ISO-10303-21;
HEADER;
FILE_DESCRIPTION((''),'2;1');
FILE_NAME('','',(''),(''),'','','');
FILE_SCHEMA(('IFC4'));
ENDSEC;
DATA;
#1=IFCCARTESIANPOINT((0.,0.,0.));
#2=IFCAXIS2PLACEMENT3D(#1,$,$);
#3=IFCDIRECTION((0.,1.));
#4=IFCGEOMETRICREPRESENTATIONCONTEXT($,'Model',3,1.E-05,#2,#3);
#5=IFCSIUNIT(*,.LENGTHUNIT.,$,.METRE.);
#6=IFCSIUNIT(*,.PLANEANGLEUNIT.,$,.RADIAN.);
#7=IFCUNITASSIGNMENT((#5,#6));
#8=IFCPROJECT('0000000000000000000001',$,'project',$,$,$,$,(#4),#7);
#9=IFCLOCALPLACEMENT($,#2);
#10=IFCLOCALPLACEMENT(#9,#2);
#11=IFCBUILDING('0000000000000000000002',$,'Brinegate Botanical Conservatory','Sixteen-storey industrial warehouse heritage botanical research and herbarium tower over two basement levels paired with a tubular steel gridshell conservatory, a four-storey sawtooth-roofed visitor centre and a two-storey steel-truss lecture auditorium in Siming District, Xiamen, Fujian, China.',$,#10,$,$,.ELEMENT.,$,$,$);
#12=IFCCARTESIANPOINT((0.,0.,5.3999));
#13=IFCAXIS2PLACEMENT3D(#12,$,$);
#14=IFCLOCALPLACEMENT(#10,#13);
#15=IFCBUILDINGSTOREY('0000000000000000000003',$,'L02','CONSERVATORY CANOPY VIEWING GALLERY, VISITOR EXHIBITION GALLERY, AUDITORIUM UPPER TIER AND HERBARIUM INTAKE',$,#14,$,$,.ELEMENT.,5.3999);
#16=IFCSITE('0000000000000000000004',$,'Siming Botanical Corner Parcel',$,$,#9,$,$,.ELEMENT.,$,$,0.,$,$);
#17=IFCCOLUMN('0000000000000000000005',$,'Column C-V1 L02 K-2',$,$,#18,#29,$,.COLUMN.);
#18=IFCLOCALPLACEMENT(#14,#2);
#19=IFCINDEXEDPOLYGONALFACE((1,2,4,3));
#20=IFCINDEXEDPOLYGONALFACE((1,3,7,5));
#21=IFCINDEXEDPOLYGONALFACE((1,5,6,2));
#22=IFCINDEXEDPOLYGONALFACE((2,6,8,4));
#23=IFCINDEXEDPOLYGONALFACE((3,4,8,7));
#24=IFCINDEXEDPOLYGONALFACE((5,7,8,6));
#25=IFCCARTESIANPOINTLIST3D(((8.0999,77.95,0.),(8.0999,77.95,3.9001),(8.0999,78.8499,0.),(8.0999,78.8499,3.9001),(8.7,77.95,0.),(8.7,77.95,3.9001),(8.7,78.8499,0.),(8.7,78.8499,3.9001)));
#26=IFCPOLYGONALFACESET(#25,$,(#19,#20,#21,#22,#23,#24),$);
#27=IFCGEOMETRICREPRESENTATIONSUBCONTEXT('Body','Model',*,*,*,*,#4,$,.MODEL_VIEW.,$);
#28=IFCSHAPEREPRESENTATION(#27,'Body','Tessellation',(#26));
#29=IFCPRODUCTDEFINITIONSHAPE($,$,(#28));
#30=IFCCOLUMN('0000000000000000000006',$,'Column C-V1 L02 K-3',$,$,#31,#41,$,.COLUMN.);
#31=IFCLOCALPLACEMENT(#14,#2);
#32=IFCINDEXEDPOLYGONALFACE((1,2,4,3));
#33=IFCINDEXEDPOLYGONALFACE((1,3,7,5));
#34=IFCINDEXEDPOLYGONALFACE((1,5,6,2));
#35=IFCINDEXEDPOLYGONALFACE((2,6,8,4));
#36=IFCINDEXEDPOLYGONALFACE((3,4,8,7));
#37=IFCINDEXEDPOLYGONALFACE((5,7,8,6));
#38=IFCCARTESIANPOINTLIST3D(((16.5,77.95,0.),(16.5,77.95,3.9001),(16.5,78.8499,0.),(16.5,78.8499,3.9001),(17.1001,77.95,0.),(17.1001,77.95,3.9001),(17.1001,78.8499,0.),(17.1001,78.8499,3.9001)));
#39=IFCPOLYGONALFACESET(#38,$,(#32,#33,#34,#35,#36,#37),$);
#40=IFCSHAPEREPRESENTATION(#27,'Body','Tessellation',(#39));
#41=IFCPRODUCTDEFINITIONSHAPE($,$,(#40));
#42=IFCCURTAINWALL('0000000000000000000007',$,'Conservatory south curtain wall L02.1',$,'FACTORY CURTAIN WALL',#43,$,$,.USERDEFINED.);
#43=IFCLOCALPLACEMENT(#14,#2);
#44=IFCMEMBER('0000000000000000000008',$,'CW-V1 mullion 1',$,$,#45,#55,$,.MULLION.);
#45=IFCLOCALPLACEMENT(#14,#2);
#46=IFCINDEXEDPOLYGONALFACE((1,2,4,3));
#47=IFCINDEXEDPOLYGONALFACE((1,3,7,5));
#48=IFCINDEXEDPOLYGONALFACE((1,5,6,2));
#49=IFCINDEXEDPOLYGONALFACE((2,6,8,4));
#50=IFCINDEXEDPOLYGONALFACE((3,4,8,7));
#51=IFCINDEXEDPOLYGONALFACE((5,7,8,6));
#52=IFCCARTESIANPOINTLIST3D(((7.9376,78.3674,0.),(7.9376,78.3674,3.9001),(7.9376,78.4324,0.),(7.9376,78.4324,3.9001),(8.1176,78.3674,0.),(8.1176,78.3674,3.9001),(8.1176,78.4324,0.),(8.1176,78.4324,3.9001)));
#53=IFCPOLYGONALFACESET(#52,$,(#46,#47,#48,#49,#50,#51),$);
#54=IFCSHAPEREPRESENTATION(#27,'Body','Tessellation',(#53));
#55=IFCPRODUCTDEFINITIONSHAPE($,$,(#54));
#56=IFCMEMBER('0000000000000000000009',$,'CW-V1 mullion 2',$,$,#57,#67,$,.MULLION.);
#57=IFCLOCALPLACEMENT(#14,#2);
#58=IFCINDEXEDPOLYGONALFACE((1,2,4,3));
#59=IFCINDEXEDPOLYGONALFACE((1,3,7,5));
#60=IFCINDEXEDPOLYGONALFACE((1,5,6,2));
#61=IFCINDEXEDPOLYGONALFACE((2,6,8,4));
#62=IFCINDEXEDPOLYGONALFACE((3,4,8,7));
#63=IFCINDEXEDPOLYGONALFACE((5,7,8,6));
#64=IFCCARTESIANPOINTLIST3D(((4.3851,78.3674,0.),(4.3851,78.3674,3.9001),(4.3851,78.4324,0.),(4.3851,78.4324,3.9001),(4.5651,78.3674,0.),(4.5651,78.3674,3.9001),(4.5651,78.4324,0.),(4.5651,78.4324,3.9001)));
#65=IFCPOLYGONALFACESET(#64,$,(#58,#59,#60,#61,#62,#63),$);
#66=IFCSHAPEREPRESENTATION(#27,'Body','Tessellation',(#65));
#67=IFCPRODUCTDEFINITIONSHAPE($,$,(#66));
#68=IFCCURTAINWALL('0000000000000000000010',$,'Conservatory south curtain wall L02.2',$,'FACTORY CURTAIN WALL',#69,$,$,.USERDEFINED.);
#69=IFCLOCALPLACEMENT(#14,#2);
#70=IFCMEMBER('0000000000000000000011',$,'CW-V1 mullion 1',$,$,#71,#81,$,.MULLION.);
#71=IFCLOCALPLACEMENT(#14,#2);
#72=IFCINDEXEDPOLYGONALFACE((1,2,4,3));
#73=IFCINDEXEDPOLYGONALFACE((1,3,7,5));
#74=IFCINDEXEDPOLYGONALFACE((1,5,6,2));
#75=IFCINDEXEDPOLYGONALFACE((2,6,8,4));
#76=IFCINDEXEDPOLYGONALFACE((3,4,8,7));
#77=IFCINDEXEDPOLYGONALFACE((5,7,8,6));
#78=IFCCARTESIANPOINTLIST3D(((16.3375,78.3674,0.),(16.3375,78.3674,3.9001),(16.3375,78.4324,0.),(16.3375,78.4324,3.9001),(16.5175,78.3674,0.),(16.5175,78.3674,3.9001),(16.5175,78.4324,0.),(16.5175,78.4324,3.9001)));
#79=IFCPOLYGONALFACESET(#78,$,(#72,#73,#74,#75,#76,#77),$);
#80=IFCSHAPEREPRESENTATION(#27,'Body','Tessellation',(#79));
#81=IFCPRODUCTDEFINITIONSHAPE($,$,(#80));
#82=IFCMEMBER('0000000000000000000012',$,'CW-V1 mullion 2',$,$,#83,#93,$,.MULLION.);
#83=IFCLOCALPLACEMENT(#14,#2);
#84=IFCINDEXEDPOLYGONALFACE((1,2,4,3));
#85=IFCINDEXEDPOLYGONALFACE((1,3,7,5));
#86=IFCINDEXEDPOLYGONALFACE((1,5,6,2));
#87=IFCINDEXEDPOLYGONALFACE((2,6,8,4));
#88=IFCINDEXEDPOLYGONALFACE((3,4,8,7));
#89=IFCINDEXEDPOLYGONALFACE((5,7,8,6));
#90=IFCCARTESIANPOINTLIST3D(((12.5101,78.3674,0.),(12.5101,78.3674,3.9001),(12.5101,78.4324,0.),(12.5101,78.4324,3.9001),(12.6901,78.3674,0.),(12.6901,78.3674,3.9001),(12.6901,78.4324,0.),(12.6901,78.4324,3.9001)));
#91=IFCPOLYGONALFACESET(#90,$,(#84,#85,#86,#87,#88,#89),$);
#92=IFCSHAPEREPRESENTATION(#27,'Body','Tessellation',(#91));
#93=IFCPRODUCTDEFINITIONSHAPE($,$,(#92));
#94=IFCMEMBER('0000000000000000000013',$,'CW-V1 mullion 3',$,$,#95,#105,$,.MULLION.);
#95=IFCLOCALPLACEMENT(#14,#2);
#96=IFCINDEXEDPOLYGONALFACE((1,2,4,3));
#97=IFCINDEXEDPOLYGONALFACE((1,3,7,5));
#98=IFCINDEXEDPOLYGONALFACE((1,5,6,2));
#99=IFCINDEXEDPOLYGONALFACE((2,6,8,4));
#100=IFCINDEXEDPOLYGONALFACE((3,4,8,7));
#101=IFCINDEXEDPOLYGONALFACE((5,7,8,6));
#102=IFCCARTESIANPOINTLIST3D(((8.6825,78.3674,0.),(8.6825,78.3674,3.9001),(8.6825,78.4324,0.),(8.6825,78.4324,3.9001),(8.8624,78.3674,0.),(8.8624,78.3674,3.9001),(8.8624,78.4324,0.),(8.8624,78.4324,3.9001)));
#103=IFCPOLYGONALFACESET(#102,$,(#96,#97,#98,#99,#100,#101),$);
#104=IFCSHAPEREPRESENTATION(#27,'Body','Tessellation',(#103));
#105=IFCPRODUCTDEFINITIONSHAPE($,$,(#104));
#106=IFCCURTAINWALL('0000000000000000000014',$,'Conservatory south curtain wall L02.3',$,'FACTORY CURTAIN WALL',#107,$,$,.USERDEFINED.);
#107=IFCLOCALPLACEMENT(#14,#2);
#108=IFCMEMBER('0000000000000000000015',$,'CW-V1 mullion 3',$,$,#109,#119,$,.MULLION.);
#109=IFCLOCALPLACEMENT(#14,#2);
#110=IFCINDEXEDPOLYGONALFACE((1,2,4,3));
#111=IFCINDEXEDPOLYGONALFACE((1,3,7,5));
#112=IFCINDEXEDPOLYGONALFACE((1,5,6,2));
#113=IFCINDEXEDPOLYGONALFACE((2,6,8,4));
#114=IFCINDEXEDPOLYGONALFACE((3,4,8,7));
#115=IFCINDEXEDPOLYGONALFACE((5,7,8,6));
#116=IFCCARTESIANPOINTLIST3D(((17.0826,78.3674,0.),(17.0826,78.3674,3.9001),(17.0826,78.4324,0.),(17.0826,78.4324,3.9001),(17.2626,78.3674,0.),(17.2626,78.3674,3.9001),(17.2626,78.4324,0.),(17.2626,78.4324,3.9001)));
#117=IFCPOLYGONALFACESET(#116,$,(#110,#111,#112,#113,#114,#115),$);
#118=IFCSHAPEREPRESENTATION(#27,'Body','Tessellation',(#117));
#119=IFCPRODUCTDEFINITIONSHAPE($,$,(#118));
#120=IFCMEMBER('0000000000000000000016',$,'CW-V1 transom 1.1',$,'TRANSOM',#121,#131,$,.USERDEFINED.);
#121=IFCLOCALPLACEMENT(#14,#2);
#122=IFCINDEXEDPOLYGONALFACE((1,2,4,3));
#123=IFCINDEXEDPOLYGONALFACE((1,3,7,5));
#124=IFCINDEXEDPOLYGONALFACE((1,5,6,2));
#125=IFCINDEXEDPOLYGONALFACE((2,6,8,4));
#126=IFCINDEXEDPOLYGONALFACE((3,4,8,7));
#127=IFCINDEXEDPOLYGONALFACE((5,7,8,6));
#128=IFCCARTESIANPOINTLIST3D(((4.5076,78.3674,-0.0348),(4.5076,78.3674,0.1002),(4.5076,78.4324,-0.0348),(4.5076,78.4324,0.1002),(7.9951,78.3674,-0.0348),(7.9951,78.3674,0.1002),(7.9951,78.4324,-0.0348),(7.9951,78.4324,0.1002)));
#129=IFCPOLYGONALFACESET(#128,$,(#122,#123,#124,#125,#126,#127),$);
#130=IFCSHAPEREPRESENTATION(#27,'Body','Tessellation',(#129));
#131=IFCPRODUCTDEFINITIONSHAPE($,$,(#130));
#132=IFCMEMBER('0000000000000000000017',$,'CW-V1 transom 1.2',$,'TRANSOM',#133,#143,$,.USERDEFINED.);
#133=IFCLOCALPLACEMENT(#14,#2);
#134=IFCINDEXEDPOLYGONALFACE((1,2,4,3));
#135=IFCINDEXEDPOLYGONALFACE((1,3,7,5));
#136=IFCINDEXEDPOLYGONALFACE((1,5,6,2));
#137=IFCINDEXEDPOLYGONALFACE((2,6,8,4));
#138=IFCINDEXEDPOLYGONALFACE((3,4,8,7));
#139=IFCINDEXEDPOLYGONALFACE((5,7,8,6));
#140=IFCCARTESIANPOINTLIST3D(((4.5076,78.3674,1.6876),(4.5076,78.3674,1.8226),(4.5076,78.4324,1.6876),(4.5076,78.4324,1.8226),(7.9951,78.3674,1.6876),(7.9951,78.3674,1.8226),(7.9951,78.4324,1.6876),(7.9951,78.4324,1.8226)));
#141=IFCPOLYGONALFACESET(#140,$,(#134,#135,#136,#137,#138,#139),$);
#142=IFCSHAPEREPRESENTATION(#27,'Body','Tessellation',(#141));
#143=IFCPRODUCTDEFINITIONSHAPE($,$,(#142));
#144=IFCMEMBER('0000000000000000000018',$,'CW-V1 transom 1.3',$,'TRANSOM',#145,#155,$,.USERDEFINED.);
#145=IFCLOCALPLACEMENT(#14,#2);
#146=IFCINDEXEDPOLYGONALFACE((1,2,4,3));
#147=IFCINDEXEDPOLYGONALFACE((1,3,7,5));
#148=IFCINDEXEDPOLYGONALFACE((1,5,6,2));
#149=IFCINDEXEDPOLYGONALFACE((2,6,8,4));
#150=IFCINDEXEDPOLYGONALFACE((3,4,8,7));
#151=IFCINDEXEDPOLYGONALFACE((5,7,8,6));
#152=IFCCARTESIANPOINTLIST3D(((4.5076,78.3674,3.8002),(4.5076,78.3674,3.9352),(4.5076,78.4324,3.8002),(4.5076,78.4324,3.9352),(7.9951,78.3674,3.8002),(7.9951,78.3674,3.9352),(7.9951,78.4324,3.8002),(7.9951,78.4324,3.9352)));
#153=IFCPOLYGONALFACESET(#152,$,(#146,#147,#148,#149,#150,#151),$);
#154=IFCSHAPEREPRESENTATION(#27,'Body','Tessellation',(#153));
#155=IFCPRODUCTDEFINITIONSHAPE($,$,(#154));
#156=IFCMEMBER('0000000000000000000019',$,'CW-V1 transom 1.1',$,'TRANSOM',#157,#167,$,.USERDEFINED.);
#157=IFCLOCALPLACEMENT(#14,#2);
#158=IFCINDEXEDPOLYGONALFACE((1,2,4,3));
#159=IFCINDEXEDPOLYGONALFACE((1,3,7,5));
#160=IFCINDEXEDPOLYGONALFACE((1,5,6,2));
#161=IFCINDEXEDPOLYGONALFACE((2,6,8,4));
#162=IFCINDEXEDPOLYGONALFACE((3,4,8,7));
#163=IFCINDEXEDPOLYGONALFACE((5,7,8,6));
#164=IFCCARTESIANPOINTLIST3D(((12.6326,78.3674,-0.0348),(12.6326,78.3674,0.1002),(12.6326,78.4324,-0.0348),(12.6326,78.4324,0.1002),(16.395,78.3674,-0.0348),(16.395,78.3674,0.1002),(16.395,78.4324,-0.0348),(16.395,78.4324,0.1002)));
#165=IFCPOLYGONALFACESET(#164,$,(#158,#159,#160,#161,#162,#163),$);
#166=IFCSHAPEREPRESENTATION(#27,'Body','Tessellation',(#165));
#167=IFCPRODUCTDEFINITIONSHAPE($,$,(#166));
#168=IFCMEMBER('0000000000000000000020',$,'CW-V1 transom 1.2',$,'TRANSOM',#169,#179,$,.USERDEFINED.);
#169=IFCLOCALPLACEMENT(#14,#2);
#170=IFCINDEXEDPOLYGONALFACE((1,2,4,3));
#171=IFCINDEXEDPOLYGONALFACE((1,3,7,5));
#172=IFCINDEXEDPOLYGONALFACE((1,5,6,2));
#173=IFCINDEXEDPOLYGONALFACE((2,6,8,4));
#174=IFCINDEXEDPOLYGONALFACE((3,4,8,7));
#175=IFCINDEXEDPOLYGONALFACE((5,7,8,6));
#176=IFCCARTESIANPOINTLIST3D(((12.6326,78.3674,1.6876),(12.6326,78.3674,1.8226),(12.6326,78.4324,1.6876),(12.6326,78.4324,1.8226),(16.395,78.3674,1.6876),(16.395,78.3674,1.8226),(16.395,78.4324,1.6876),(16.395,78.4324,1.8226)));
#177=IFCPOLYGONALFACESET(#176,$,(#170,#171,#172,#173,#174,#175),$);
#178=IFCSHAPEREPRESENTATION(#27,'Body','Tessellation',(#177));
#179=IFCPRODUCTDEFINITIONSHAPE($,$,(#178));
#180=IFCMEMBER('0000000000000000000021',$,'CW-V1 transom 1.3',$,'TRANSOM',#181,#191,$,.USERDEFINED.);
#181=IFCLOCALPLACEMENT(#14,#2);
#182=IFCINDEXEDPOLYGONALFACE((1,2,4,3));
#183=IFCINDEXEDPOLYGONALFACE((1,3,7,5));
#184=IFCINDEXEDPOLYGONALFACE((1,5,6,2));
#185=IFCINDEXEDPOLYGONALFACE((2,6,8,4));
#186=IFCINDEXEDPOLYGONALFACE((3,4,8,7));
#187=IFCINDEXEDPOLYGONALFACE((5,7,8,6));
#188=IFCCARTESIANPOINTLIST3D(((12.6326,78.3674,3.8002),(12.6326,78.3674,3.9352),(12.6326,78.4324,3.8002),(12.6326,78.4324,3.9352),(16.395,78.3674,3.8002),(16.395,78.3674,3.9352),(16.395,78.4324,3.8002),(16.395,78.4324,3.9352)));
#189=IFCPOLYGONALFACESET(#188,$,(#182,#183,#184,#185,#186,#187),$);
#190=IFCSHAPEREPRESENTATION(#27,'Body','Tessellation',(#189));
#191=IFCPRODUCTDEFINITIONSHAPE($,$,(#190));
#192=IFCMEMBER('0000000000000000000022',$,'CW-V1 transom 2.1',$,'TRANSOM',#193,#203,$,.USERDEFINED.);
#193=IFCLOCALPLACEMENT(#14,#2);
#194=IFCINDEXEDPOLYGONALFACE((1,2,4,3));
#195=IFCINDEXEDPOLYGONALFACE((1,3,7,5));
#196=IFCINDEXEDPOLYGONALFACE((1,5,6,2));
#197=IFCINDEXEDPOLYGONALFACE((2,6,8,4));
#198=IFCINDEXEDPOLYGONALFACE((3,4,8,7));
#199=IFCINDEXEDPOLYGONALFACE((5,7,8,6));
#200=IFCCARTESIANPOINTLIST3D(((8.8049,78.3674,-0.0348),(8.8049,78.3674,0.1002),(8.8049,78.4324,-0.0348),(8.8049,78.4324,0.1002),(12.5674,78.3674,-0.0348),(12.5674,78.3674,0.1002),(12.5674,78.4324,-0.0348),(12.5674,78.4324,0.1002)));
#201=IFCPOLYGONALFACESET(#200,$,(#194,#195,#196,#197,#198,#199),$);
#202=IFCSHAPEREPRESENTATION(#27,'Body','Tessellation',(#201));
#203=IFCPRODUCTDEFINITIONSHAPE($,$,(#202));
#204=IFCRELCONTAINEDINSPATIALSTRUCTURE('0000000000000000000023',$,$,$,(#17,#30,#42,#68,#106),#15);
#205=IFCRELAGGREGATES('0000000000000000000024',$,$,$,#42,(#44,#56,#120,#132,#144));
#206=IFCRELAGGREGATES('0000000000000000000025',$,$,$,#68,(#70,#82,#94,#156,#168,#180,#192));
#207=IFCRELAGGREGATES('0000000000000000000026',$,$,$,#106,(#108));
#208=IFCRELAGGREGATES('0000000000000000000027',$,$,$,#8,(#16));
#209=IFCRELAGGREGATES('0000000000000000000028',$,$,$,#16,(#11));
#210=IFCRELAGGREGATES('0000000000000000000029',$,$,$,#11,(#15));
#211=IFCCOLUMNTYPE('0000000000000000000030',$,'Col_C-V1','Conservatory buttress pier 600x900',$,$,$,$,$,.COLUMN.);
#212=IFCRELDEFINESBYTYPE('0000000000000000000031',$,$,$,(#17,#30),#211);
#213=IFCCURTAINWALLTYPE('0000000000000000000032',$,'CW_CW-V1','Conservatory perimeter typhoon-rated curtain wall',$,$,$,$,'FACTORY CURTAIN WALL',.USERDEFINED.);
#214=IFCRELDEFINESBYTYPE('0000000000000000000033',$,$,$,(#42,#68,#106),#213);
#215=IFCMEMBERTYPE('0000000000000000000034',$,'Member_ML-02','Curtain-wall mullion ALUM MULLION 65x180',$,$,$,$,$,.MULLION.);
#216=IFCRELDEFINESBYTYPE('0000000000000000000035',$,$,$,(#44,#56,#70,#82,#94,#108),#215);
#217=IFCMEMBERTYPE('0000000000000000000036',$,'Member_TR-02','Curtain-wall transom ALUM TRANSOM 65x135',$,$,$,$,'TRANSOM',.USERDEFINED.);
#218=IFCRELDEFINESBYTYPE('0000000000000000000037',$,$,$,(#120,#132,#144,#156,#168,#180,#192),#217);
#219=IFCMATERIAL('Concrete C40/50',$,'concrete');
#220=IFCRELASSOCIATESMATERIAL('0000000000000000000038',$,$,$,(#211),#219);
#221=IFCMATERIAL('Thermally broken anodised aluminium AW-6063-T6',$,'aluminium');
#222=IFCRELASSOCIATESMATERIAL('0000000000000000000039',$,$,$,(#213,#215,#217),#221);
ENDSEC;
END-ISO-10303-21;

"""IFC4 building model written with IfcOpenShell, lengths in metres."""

from ifc_helpers import new_model, si_unit, direction, frame, origin, origin_2d, place, context, subcontext, project, spatial, rectangle, extrude, material, material_profile, profile_set, type_object, element, aggregate, save


model = new_model("IFC4")

# Units and contexts
model_context = context("Model", 3, precision=1e-05, world=origin(), true_north=direction((0.0, 1.0)))
body_context = subcontext(model_context, "Body", "Model", "MODEL_VIEW")
ifc_project = project(units=[si_unit("LENGTHUNIT", "METRE"), si_unit("PLANEANGLEUNIT", "RADIAN")], contexts=[model_context])

# Site, building, storey
site_placement = place(None, origin())
site = spatial("IfcSite", under=ifc_project, at=site_placement, Name="Siming Botanical Corner Parcel", CompositionType="ELEMENT", RefElevation=0.0)
building_placement = place(site_placement, origin())
building = spatial("IfcBuilding", under=site, at=building_placement, Name="Brinegate Botanical Conservatory", Description="Sixteen-storey industrial warehouse heritage botanical research and herbarium tower over two basement levels paired with a tubular steel gridshell conservatory, a four-storey sawtooth-roofed visitor centre and a two-storey steel-truss lecture auditorium in Siming District, Xiamen, Fujian, China.", CompositionType="ELEMENT")
storey_placement = place(building_placement, frame((0.0, 0.0, 5.3999)))
storey = spatial("IfcBuildingStorey", under=building, at=storey_placement, Name="L02", Description="CONSERVATORY CANOPY VIEWING GALLERY, VISITOR EXHIBITION GALLERY, AUDITORIUM UPPER TIER AND HERBARIUM INTAKE", CompositionType="ELEMENT", Elevation=5.3999)

# Columns
ifc_material_1 = material(Name="Concrete C40/50", Category="concrete")
ifc_material_profile_1 = material_profile(ifc_material_1, rectangle(XDim=0.6001, YDim=0.8999, at=origin_2d()), Name="RC PIER 600x900")
ifc_profile_set_1 = profile_set([ifc_material_profile_1], Name="Concrete C40/50")
column_type = type_object("IfcColumnType", Name="Col_C-V1", Description="Conservatory buttress pier 600x900", PredefinedType="COLUMN", material=ifc_profile_set_1)
for number, where, z_axis, x_axis, name in (
    (1, (8.3999, 78.3999, 0.0), (0.0, 0.0, 1.0), (1.0, 0.0, 0.0), "Column C-V1 L02 K-2"),
    (2, (16.8, 78.3999, 0.0), (0.0, 0.0, 1.0), (1.0, 0.0, 0.0), "Column C-V1 L02 K-3"),
):
    element("IfcColumn", number, at=place(storey_placement, frame(where, z_axis=z_axis, x_axis=x_axis)), inside=storey, type_object=column_type, Name=name, PredefinedType="COLUMN", context=body_context, shape_type="SweptSolid", body=[
        extrude(rectangle(XDim=0.6001, YDim=0.8999, at=origin_2d()), origin(), (0.0, 0.0, 1.0), 3.9001),
    ])

# Curtain walls, members
ifc_material_2 = material(Name="Thermally broken anodised aluminium AW-6063-T6", Category="aluminium")
curtain_wall_type = type_object("IfcCurtainWallType", Name="CW_CW-V1", Description="Conservatory perimeter typhoon-rated curtain wall", ElementType="FACTORY CURTAIN WALL", PredefinedType="USERDEFINED", material=ifc_material_2)
curtain_wall_1_placement = place(storey_placement, origin())
curtain_wall_1 = element("IfcCurtainWall", 3, at=curtain_wall_1_placement, inside=storey, type_object=curtain_wall_type, Name="Conservatory south curtain wall L02.1", ObjectType="FACTORY CURTAIN WALL", PredefinedType="USERDEFINED")
ifc_material_profile_2 = material_profile(ifc_material_2, rectangle(XDim=0.0649, YDim=0.1799, at=origin_2d()), Name="ALUM MULLION 65x180")
ifc_profile_set_2 = profile_set([ifc_material_profile_2], Name="Thermally broken anodised aluminium AW-6063-T6")
member_type_1 = type_object("IfcMemberType", Name="Member_ML-02", Description="Curtain-wall mullion ALUM MULLION 65x180", PredefinedType="MULLION", material=ifc_profile_set_2)
member_1_placement = place(storey_placement, frame((8.0276, 78.3999, 0.0), z_axis=(0.0, 0.0, 1.0), x_axis=(0.0, -1.0, 0.0)))
member_1 = element("IfcMember", 4, at=member_1_placement, type_object=member_type_1, Name="CW-V1 mullion 1", PredefinedType="MULLION", context=body_context, shape_type="SweptSolid", body=[
    extrude(rectangle(XDim=0.0649, YDim=0.1799, at=origin_2d()), origin(), (0.0, 0.0, 1.0), 3.9001),
])
member_2_placement = place(storey_placement, frame((4.4751, 78.3999, 0.0), z_axis=(0.0, 0.0, 1.0), x_axis=(0.0, -1.0, 0.0)))
member_2 = element("IfcMember", 5, at=member_2_placement, type_object=member_type_1, Name="CW-V1 mullion 2", PredefinedType="MULLION", context=body_context, shape_type="SweptSolid", body=[
    extrude(rectangle(XDim=0.0649, YDim=0.1799, at=origin_2d()), origin(), (0.0, 0.0, 1.0), 3.9001),
])
curtain_wall_2_placement = place(storey_placement, origin())
curtain_wall_2 = element("IfcCurtainWall", 6, at=curtain_wall_2_placement, inside=storey, type_object=curtain_wall_type, Name="Conservatory south curtain wall L02.2", ObjectType="FACTORY CURTAIN WALL", PredefinedType="USERDEFINED")
member_3_placement = place(storey_placement, frame((16.4275, 78.3999, 0.0), z_axis=(0.0, 0.0, 1.0), x_axis=(0.0, -1.0, 0.0)))
member_3 = element("IfcMember", 7, at=member_3_placement, type_object=member_type_1, Name="CW-V1 mullion 1", PredefinedType="MULLION", context=body_context, shape_type="SweptSolid", body=[
    extrude(rectangle(XDim=0.0649, YDim=0.1799, at=origin_2d()), origin(), (0.0, 0.0, 1.0), 3.9001),
])
member_4_placement = place(storey_placement, frame((12.6001, 78.3999, 0.0), z_axis=(0.0, 0.0, 1.0), x_axis=(0.0, -1.0, 0.0)))
member_4 = element("IfcMember", 8, at=member_4_placement, type_object=member_type_1, Name="CW-V1 mullion 2", PredefinedType="MULLION", context=body_context, shape_type="SweptSolid", body=[
    extrude(rectangle(XDim=0.0649, YDim=0.1799, at=origin_2d()), origin(), (0.0, 0.0, 1.0), 3.9001),
])
member_5_placement = place(storey_placement, frame((8.7725, 78.3999, 0.0), z_axis=(0.0, 0.0, 1.0), x_axis=(0.0, -1.0, 0.0)))
member_5 = element("IfcMember", 9, at=member_5_placement, type_object=member_type_1, Name="CW-V1 mullion 3", PredefinedType="MULLION", context=body_context, shape_type="SweptSolid", body=[
    extrude(rectangle(XDim=0.0649, YDim=0.1799, at=origin_2d()), origin(), (0.0, 0.0, 1.0), 3.9001),
])

# Curtain wall, member
curtain_wall_3_placement = place(storey_placement, origin())
curtain_wall_3 = element("IfcCurtainWall", 10, at=curtain_wall_3_placement, inside=storey, type_object=curtain_wall_type, Name="Conservatory south curtain wall L02.3", ObjectType="FACTORY CURTAIN WALL", PredefinedType="USERDEFINED")
member_6_placement = place(storey_placement, frame((17.1726, 78.3999, 0.0), z_axis=(0.0, 0.0, 1.0), x_axis=(0.0, -1.0, 0.0)))
member_6 = element("IfcMember", 11, at=member_6_placement, type_object=member_type_1, Name="CW-V1 mullion 3", PredefinedType="MULLION", context=body_context, shape_type="SweptSolid", body=[
    extrude(rectangle(XDim=0.0649, YDim=0.1799, at=origin_2d()), origin(), (0.0, 0.0, 1.0), 3.9001),
])

# Members
ifc_material_profile_3 = material_profile(ifc_material_2, rectangle(XDim=0.0649, YDim=0.135, at=origin_2d()), Name="ALUM TRANSOM 65x135")
ifc_profile_set_3 = profile_set([ifc_material_profile_3], Name="Thermally broken anodised aluminium AW-6063-T6")
member_type_2 = type_object("IfcMemberType", Name="Member_TR-02", Description="Curtain-wall transom ALUM TRANSOM 65x135", ElementType="TRANSOM", PredefinedType="USERDEFINED", material=ifc_profile_set_3)
member_7_placement = place(storey_placement, frame((7.9951, 78.3999, 0.0327), z_axis=(-1.0, 0.0, 0.0), x_axis=(0.0, -1.0, 0.0)))
member_7 = element("IfcMember", 12, at=member_7_placement, type_object=member_type_2, Name="CW-V1 transom 1.1", ObjectType="TRANSOM", PredefinedType="USERDEFINED", context=body_context, shape_type="SweptSolid", body=[
    extrude(rectangle(XDim=0.0649, YDim=0.135, at=origin_2d()), origin(), (0.0, 0.0, 1.0), 3.4875),
])
member_8_placement = place(storey_placement, frame((7.9951, 78.3999, 1.7551), z_axis=(-1.0, 0.0, 0.0), x_axis=(0.0, -1.0, 0.0)))
member_8 = element("IfcMember", 13, at=member_8_placement, type_object=member_type_2, Name="CW-V1 transom 1.2", ObjectType="TRANSOM", PredefinedType="USERDEFINED", context=body_context, shape_type="SweptSolid", body=[
    extrude(rectangle(XDim=0.0649, YDim=0.135, at=origin_2d()), origin(), (0.0, 0.0, 1.0), 3.4875),
])
member_9_placement = place(storey_placement, frame((7.9951, 78.3999, 3.8677), z_axis=(-1.0, 0.0, 0.0), x_axis=(0.0, -1.0, 0.0)))
member_9 = element("IfcMember", 14, at=member_9_placement, type_object=member_type_2, Name="CW-V1 transom 1.3", ObjectType="TRANSOM", PredefinedType="USERDEFINED", context=body_context, shape_type="SweptSolid", body=[
    extrude(rectangle(XDim=0.0649, YDim=0.135, at=origin_2d()), origin(), (0.0, 0.0, 1.0), 3.4875),
])
member_10_placement = place(storey_placement, frame((16.395, 78.3999, 0.0327), z_axis=(-1.0, 0.0, 0.0), x_axis=(0.0, -1.0, 0.0)))
member_10 = element("IfcMember", 15, at=member_10_placement, type_object=member_type_2, Name="CW-V1 transom 1.1", ObjectType="TRANSOM", PredefinedType="USERDEFINED", context=body_context, shape_type="SweptSolid", body=[
    extrude(rectangle(XDim=0.0649, YDim=0.135, at=origin_2d()), origin(), (0.0, 0.0, 1.0), 3.7625),
])
member_11_placement = place(storey_placement, frame((16.395, 78.3999, 1.7551), z_axis=(-1.0, 0.0, 0.0), x_axis=(0.0, -1.0, 0.0)))
member_11 = element("IfcMember", 16, at=member_11_placement, type_object=member_type_2, Name="CW-V1 transom 1.2", ObjectType="TRANSOM", PredefinedType="USERDEFINED", context=body_context, shape_type="SweptSolid", body=[
    extrude(rectangle(XDim=0.0649, YDim=0.135, at=origin_2d()), origin(), (0.0, 0.0, 1.0), 3.7625),
])
member_12_placement = place(storey_placement, frame((16.395, 78.3999, 3.8677), z_axis=(-1.0, 0.0, 0.0), x_axis=(0.0, -1.0, 0.0)))
member_12 = element("IfcMember", 17, at=member_12_placement, type_object=member_type_2, Name="CW-V1 transom 1.3", ObjectType="TRANSOM", PredefinedType="USERDEFINED", context=body_context, shape_type="SweptSolid", body=[
    extrude(rectangle(XDim=0.0649, YDim=0.135, at=origin_2d()), origin(), (0.0, 0.0, 1.0), 3.7625),
])
member_13_placement = place(storey_placement, frame((12.5674, 78.3999, 0.0327), z_axis=(-1.0, 0.0, 0.0), x_axis=(0.0, -1.0, 0.0)))
member_13 = element("IfcMember", 18, at=member_13_placement, type_object=member_type_2, Name="CW-V1 transom 2.1", ObjectType="TRANSOM", PredefinedType="USERDEFINED", context=body_context, shape_type="SweptSolid", body=[
    extrude(rectangle(XDim=0.0649, YDim=0.135, at=origin_2d()), origin(), (0.0, 0.0, 1.0), 3.7625),
])

aggregate(curtain_wall_1, [member_1, member_2, member_7, member_8, member_9])
aggregate(curtain_wall_2, [member_3, member_4, member_5, member_10, member_11, member_12, member_13])
aggregate(curtain_wall_3, [member_6])

save(model, "model.ifc")
